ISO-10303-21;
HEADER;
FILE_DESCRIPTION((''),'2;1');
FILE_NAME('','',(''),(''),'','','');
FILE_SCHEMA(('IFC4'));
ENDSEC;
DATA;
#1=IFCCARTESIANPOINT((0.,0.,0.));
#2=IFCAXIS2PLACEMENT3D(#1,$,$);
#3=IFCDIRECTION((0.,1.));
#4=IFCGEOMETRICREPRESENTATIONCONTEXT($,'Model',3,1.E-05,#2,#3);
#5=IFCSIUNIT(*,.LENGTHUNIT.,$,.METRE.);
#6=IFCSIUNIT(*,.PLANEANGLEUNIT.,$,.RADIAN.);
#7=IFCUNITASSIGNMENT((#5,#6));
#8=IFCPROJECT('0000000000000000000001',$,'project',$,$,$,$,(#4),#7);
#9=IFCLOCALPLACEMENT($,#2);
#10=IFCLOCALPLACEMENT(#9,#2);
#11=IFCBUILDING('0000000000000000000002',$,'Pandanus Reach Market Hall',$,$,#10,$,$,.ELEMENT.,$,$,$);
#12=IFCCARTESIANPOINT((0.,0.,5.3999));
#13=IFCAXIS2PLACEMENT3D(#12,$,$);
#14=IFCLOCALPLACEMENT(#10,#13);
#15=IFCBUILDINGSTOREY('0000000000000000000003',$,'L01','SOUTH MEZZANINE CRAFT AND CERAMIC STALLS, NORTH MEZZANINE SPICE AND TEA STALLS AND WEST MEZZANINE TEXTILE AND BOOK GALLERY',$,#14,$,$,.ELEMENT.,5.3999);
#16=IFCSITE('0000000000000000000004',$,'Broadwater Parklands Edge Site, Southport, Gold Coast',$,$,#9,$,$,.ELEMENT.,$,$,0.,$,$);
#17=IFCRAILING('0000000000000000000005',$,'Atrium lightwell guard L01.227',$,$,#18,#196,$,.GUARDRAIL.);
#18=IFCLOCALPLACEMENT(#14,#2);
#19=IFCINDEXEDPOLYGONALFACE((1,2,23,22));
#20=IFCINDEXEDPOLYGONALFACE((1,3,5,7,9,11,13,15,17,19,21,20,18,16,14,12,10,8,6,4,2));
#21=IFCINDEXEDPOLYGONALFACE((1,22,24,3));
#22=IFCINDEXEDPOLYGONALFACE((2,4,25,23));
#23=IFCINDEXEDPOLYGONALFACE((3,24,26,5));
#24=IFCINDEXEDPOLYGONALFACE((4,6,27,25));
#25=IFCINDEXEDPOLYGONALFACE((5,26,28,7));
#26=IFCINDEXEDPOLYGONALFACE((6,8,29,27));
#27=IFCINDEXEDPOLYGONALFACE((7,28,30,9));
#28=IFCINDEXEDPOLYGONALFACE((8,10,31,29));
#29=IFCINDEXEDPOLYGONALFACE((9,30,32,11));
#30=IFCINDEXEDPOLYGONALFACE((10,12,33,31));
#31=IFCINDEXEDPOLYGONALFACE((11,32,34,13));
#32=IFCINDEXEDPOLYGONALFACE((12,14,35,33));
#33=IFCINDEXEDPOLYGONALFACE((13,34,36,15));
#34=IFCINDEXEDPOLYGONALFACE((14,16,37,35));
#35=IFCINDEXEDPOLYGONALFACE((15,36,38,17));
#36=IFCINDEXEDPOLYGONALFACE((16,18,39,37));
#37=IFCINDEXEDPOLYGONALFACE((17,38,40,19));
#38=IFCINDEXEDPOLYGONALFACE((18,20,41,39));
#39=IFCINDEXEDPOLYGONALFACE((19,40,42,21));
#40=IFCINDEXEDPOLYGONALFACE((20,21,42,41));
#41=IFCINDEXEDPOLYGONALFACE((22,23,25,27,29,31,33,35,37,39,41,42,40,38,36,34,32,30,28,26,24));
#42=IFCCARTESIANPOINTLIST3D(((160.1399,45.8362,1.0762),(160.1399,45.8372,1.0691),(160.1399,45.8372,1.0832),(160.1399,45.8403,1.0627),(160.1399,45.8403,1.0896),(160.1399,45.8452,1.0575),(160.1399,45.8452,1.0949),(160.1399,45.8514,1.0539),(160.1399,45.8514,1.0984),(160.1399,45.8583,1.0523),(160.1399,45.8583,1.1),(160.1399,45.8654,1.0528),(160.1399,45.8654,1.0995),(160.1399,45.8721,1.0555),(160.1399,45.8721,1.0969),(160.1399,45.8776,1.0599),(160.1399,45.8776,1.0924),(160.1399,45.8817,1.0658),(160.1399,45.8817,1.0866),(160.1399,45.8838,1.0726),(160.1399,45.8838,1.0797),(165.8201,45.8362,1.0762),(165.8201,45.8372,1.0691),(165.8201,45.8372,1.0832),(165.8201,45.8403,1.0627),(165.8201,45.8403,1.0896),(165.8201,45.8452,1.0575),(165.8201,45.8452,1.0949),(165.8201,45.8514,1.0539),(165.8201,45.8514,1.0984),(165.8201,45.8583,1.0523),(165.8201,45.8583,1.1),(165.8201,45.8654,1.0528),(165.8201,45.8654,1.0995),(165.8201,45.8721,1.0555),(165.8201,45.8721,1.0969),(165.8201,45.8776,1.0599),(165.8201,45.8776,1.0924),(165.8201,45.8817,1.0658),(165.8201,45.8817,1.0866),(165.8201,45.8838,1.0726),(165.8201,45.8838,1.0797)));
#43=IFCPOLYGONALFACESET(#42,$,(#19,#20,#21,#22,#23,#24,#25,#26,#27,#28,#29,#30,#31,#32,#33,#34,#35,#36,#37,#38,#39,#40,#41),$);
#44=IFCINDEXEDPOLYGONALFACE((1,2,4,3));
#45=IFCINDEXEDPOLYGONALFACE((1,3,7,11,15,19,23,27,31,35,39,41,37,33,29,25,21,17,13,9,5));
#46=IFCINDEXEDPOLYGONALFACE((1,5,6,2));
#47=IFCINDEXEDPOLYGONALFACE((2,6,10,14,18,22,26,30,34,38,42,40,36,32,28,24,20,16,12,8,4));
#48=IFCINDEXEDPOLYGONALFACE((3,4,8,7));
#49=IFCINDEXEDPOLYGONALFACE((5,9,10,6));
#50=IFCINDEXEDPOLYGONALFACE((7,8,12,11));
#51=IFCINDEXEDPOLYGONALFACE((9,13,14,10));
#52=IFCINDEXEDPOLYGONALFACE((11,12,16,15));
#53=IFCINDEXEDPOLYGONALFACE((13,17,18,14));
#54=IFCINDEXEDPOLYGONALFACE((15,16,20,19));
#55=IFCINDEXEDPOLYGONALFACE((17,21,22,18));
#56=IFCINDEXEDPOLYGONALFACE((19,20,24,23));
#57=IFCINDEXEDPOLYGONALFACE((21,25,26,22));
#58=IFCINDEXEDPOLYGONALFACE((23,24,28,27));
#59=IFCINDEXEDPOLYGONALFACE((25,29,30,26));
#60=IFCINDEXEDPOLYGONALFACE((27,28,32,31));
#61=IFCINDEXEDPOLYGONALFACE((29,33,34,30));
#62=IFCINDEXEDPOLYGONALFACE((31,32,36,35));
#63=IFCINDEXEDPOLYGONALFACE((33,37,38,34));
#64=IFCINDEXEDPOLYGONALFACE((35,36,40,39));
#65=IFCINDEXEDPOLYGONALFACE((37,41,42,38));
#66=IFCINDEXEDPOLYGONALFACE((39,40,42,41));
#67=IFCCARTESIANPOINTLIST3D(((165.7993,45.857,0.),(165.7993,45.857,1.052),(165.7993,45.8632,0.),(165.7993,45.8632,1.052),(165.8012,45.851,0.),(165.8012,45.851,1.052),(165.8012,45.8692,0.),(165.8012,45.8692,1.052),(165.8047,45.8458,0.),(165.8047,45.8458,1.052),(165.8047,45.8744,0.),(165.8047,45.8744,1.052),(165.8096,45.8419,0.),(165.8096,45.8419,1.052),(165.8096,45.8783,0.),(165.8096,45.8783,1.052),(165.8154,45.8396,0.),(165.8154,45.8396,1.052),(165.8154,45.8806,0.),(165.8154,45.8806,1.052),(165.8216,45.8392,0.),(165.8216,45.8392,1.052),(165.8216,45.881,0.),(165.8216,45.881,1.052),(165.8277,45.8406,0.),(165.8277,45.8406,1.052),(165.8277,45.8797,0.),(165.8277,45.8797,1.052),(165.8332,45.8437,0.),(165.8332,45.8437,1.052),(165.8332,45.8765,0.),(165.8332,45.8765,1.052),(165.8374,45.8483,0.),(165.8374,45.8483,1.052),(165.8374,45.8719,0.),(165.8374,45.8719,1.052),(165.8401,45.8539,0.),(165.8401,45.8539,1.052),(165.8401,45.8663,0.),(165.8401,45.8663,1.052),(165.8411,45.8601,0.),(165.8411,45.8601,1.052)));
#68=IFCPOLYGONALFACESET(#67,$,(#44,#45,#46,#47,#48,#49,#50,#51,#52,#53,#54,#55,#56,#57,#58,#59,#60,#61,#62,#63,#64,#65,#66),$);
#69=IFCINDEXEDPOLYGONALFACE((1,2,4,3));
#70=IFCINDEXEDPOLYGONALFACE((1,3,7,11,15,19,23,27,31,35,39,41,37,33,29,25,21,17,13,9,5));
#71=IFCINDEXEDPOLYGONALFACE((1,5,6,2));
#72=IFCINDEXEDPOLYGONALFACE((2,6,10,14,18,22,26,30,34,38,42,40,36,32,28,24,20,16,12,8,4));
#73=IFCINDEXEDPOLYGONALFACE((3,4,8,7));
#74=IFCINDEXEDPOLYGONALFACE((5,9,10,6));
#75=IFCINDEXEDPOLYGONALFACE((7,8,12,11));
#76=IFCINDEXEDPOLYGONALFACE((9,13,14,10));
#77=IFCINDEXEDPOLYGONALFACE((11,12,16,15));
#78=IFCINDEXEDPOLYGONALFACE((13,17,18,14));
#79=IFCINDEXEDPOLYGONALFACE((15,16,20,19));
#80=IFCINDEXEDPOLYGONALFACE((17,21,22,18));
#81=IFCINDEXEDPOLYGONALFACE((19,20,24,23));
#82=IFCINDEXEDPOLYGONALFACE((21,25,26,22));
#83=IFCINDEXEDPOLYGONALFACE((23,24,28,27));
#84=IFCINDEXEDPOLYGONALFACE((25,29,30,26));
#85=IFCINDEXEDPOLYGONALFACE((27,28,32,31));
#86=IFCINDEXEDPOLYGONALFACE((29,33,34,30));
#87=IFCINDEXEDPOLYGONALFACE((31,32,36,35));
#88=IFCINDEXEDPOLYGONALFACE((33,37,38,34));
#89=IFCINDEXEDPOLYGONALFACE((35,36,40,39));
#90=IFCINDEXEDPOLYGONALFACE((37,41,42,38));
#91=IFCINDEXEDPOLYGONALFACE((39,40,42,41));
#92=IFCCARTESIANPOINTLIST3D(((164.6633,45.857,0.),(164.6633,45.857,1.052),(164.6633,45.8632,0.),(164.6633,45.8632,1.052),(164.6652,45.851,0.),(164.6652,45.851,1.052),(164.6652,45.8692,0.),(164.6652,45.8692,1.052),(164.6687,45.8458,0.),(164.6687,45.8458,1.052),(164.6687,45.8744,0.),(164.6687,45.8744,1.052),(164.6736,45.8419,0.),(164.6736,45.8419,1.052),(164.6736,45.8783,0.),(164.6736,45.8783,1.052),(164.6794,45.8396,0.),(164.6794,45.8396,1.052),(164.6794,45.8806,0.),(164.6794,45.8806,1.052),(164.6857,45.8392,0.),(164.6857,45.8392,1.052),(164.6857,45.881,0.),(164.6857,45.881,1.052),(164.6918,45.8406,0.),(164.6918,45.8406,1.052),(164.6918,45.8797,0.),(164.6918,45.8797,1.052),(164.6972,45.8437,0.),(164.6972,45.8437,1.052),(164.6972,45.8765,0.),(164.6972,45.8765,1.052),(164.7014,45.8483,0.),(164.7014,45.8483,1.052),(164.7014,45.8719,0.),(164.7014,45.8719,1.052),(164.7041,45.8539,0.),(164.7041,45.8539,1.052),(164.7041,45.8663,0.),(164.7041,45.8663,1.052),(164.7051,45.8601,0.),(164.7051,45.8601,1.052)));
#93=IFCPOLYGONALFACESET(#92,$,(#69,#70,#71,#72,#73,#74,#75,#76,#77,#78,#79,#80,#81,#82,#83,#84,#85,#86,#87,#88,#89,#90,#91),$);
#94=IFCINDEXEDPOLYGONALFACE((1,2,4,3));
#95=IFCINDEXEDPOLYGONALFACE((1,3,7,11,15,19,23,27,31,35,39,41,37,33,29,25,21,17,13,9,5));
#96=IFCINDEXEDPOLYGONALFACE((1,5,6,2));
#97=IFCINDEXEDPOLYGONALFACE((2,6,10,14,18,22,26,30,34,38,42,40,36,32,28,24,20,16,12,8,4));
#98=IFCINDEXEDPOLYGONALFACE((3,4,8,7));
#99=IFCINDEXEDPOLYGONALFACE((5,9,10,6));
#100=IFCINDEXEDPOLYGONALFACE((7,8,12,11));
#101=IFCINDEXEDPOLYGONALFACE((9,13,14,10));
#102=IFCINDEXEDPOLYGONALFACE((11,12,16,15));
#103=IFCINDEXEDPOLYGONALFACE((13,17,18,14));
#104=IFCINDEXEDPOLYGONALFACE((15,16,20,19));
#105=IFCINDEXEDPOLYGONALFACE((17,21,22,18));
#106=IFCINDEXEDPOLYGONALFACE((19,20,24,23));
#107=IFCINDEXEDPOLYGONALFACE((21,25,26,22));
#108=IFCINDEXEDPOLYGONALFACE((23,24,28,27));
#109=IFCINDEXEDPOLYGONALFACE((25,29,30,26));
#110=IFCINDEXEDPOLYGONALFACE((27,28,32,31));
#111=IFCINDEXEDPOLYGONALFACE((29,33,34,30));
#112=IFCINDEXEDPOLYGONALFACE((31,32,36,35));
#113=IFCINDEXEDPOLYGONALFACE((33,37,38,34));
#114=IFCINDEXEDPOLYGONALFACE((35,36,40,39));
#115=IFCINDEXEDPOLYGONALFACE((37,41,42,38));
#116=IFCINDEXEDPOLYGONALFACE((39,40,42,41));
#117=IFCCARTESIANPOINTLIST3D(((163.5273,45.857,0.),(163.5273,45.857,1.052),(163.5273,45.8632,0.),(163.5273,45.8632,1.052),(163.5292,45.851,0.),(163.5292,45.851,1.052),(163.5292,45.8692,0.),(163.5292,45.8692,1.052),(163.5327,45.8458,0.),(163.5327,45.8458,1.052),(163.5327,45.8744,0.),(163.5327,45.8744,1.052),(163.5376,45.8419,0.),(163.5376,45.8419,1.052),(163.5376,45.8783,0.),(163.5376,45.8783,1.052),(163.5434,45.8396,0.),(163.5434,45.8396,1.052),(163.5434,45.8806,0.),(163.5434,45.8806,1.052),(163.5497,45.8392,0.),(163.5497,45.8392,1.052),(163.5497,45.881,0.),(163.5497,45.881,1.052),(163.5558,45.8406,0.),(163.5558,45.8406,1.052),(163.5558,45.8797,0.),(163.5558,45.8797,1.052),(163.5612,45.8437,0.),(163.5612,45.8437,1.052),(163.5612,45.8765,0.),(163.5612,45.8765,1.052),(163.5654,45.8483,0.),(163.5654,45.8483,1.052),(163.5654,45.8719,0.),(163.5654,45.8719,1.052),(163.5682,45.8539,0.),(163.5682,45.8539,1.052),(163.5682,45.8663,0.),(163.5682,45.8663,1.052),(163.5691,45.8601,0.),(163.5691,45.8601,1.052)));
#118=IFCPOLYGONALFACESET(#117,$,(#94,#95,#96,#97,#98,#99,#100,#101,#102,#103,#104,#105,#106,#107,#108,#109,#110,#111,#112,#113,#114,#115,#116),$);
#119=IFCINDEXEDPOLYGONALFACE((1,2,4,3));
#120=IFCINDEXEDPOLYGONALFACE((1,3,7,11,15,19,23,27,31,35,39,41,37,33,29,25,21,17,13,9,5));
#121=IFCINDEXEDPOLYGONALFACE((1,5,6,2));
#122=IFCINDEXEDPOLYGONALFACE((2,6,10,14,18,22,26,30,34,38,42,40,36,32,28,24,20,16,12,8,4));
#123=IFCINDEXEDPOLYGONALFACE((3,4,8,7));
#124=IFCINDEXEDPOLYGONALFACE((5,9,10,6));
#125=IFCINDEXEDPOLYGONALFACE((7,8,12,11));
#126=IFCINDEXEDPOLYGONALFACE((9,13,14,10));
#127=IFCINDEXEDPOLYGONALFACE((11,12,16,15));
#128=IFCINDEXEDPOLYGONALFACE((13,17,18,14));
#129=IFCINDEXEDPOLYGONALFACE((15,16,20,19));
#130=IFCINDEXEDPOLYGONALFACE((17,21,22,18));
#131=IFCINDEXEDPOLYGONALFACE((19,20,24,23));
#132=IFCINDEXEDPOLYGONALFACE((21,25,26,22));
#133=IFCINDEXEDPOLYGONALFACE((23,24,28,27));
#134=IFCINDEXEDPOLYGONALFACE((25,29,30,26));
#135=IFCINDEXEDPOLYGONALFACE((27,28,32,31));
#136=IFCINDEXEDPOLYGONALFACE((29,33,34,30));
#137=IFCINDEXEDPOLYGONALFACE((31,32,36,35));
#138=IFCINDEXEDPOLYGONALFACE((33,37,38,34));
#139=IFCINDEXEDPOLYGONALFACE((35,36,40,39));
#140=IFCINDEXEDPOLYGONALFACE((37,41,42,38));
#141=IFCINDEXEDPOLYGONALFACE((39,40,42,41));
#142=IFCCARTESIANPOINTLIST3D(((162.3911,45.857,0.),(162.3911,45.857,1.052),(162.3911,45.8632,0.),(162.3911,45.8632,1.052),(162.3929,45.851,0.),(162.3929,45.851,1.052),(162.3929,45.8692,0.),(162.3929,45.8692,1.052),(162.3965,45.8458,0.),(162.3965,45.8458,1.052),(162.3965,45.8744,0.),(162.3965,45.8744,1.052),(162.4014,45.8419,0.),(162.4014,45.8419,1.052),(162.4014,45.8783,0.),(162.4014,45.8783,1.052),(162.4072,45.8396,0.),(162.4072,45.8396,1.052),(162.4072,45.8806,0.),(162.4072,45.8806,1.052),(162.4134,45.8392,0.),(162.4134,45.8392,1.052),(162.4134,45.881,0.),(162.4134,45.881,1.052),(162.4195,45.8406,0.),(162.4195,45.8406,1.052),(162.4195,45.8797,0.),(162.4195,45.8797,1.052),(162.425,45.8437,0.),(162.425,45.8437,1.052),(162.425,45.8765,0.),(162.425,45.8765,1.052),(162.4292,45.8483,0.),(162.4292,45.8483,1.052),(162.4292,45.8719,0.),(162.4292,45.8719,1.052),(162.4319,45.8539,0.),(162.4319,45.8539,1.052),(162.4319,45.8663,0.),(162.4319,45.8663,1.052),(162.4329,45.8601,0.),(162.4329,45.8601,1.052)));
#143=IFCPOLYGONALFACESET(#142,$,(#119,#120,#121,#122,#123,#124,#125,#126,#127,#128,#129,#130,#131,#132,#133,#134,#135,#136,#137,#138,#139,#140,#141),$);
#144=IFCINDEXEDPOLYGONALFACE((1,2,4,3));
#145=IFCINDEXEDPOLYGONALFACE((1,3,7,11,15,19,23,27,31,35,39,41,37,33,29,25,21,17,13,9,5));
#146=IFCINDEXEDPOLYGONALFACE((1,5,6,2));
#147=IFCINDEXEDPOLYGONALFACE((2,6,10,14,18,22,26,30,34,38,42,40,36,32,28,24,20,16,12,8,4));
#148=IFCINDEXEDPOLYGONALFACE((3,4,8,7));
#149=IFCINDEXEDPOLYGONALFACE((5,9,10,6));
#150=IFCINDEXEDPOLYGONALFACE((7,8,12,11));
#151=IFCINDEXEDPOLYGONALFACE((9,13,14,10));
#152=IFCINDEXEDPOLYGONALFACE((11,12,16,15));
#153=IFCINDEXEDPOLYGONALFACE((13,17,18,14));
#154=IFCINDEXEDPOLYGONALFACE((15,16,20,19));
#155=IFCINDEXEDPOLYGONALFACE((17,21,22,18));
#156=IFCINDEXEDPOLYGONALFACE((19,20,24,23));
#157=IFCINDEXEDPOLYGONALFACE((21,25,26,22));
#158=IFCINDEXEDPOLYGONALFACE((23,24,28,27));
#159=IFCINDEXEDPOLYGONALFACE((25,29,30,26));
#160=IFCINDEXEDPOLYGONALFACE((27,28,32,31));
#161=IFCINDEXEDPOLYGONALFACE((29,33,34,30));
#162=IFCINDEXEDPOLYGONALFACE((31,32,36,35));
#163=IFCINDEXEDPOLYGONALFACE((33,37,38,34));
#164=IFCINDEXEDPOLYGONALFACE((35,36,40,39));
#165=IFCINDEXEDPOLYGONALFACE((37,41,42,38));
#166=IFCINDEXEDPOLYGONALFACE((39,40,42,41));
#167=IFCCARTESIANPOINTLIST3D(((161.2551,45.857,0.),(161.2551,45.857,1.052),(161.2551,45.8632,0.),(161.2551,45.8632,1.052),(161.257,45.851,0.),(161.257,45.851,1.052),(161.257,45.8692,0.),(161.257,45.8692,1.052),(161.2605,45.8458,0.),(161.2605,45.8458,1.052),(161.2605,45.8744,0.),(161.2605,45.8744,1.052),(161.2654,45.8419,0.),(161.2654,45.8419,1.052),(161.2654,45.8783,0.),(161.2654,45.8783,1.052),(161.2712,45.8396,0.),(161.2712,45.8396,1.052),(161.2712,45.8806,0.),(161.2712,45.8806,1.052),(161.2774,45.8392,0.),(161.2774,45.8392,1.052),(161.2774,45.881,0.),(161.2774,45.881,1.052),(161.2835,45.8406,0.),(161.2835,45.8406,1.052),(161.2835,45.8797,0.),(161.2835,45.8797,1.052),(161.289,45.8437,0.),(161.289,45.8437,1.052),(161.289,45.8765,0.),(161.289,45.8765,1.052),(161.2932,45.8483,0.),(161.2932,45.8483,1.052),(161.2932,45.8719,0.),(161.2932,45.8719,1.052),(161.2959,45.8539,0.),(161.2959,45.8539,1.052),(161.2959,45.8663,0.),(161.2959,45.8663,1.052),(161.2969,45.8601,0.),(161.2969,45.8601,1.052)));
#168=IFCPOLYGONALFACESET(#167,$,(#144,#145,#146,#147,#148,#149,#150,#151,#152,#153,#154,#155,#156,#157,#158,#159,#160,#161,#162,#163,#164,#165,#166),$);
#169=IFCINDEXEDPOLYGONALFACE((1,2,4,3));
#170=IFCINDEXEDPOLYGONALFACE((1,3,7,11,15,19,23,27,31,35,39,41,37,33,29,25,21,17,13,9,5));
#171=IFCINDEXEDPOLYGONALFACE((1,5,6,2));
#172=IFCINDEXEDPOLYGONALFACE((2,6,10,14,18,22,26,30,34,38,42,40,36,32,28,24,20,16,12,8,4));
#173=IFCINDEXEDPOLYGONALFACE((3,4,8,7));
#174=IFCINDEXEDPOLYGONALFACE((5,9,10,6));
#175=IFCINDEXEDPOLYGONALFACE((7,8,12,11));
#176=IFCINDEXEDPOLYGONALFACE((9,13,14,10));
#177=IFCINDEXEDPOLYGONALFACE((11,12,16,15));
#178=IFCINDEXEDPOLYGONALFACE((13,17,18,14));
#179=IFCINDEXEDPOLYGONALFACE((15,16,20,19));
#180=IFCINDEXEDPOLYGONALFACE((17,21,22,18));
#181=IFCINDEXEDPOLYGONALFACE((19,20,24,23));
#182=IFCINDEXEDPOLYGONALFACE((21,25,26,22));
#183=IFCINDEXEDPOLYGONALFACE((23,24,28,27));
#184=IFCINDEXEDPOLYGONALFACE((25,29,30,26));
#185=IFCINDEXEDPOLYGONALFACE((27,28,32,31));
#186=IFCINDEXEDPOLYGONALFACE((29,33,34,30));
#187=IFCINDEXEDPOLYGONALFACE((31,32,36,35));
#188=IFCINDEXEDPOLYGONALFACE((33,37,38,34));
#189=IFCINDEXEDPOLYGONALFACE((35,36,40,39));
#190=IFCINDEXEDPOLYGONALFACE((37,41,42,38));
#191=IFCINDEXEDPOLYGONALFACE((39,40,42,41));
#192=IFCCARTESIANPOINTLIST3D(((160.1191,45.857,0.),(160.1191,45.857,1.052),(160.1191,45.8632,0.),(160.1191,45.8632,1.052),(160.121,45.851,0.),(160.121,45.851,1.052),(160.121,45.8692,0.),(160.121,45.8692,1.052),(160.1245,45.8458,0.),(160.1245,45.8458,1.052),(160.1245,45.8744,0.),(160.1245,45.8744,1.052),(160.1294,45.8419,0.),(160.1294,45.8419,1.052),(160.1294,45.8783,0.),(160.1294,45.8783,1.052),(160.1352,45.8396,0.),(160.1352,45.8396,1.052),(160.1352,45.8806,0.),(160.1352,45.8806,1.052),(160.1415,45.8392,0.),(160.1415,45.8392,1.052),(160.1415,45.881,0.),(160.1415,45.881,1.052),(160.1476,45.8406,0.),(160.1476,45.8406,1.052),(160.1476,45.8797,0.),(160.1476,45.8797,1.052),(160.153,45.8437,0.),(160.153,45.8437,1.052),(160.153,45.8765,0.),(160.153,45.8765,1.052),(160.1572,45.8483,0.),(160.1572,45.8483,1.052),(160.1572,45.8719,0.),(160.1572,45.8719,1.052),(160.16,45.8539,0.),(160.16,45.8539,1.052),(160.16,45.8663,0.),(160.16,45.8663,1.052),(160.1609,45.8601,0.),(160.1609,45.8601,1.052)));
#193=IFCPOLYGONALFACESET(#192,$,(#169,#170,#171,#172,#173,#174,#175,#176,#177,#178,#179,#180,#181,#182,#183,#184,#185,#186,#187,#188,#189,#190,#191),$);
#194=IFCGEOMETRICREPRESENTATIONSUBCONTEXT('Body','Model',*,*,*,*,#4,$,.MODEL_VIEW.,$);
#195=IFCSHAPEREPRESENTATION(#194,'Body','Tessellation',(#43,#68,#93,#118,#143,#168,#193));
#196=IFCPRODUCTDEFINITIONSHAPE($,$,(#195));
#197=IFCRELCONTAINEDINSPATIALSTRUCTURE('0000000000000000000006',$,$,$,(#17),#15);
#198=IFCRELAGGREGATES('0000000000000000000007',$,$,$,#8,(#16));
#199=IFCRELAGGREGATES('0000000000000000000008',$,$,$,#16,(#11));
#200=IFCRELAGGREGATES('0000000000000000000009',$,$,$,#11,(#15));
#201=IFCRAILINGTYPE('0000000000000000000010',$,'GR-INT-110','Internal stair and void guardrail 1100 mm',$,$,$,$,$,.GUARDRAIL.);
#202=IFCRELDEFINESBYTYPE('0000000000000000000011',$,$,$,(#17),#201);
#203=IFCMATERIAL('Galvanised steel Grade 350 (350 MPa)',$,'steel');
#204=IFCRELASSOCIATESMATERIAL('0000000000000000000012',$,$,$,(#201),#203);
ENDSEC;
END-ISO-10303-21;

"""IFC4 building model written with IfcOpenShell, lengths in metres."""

from ifc_helpers import new_model, si_unit, direction, frame, origin, origin_2d, place, context, subcontext, project, spatial, circle, extrude, material, type_object, element, save


model = new_model("IFC4")

# Units and contexts
model_context = context("Model", 3, precision=1e-05, world=origin(), true_north=direction((0.0, 1.0)))
body_context = subcontext(model_context, "Body", "Model", "MODEL_VIEW")
ifc_project = project(units=[si_unit("LENGTHUNIT", "METRE"), si_unit("PLANEANGLEUNIT", "RADIAN")], contexts=[model_context])

# Site, building, storey
site_placement = place(None, origin())
site = spatial("IfcSite", under=ifc_project, at=site_placement, Name="Broadwater Parklands Edge Site, Southport, Gold Coast", CompositionType="ELEMENT", RefElevation=0.0)
building_placement = place(site_placement, origin())
building = spatial("IfcBuilding", under=site, at=building_placement, Name="Pandanus Reach Market Hall", CompositionType="ELEMENT")
storey_placement = place(building_placement, frame((0.0, 0.0, 5.3999)))
storey = spatial("IfcBuildingStorey", under=building, at=storey_placement, Name="L01", Description="SOUTH MEZZANINE CRAFT AND CERAMIC STALLS, NORTH MEZZANINE SPICE AND TEA STALLS AND WEST MEZZANINE TEXTILE AND BOOK GALLERY", CompositionType="ELEMENT", Elevation=5.3999)

# Railing
ifc_material_1 = material(Name="Galvanised steel Grade 350 (350 MPa)", Category="steel")
railing_type = type_object("IfcRailingType", Name="GR-INT-110", Description="Internal stair and void guardrail 1100 mm", PredefinedType="GUARDRAIL", material=ifc_material_1)
railing_1_placement = place(storey_placement, frame((165.8201, 45.8601, 0.0)))
element("IfcRailing", 1, at=railing_1_placement, inside=storey, type_object=railing_type, Name="Atrium lightwell guard L01.227", PredefinedType="GUARDRAIL", context=body_context, shape_type="SweptSolid", body=[
    extrude(circle(Radius=0.0239, at=origin_2d()), frame((0.0, 0.0, 1.0762), z_axis=(-1.0, 0.0, 0.0), x_axis=(0.0, -1.0, 0.0)), (0.0, 0.0, 1.0), 5.6802),
    extrude(circle(Radius=0.021, at=origin_2d()), origin(), (0.0, 0.0, 1.0), 1.052),
    extrude(circle(Radius=0.021, at=origin_2d()), frame((-1.136, 0.0, 0.0)), (0.0, 0.0, 1.0), 1.052),
    extrude(circle(Radius=0.021, at=origin_2d()), frame((-2.272, 0.0, 0.0)), (0.0, 0.0, 1.0), 1.052),
    extrude(circle(Radius=0.021, at=origin_2d()), frame((-3.4082, 0.0, 0.0)), (0.0, 0.0, 1.0), 1.052),
    extrude(circle(Radius=0.021, at=origin_2d()), frame((-4.5442, 0.0, 0.0)), (0.0, 0.0, 1.0), 1.052),
    extrude(circle(Radius=0.021, at=origin_2d()), frame((-5.6802, 0.0, 0.0)), (0.0, 0.0, 1.0), 1.052),
])

save(model, "model.ifc")
